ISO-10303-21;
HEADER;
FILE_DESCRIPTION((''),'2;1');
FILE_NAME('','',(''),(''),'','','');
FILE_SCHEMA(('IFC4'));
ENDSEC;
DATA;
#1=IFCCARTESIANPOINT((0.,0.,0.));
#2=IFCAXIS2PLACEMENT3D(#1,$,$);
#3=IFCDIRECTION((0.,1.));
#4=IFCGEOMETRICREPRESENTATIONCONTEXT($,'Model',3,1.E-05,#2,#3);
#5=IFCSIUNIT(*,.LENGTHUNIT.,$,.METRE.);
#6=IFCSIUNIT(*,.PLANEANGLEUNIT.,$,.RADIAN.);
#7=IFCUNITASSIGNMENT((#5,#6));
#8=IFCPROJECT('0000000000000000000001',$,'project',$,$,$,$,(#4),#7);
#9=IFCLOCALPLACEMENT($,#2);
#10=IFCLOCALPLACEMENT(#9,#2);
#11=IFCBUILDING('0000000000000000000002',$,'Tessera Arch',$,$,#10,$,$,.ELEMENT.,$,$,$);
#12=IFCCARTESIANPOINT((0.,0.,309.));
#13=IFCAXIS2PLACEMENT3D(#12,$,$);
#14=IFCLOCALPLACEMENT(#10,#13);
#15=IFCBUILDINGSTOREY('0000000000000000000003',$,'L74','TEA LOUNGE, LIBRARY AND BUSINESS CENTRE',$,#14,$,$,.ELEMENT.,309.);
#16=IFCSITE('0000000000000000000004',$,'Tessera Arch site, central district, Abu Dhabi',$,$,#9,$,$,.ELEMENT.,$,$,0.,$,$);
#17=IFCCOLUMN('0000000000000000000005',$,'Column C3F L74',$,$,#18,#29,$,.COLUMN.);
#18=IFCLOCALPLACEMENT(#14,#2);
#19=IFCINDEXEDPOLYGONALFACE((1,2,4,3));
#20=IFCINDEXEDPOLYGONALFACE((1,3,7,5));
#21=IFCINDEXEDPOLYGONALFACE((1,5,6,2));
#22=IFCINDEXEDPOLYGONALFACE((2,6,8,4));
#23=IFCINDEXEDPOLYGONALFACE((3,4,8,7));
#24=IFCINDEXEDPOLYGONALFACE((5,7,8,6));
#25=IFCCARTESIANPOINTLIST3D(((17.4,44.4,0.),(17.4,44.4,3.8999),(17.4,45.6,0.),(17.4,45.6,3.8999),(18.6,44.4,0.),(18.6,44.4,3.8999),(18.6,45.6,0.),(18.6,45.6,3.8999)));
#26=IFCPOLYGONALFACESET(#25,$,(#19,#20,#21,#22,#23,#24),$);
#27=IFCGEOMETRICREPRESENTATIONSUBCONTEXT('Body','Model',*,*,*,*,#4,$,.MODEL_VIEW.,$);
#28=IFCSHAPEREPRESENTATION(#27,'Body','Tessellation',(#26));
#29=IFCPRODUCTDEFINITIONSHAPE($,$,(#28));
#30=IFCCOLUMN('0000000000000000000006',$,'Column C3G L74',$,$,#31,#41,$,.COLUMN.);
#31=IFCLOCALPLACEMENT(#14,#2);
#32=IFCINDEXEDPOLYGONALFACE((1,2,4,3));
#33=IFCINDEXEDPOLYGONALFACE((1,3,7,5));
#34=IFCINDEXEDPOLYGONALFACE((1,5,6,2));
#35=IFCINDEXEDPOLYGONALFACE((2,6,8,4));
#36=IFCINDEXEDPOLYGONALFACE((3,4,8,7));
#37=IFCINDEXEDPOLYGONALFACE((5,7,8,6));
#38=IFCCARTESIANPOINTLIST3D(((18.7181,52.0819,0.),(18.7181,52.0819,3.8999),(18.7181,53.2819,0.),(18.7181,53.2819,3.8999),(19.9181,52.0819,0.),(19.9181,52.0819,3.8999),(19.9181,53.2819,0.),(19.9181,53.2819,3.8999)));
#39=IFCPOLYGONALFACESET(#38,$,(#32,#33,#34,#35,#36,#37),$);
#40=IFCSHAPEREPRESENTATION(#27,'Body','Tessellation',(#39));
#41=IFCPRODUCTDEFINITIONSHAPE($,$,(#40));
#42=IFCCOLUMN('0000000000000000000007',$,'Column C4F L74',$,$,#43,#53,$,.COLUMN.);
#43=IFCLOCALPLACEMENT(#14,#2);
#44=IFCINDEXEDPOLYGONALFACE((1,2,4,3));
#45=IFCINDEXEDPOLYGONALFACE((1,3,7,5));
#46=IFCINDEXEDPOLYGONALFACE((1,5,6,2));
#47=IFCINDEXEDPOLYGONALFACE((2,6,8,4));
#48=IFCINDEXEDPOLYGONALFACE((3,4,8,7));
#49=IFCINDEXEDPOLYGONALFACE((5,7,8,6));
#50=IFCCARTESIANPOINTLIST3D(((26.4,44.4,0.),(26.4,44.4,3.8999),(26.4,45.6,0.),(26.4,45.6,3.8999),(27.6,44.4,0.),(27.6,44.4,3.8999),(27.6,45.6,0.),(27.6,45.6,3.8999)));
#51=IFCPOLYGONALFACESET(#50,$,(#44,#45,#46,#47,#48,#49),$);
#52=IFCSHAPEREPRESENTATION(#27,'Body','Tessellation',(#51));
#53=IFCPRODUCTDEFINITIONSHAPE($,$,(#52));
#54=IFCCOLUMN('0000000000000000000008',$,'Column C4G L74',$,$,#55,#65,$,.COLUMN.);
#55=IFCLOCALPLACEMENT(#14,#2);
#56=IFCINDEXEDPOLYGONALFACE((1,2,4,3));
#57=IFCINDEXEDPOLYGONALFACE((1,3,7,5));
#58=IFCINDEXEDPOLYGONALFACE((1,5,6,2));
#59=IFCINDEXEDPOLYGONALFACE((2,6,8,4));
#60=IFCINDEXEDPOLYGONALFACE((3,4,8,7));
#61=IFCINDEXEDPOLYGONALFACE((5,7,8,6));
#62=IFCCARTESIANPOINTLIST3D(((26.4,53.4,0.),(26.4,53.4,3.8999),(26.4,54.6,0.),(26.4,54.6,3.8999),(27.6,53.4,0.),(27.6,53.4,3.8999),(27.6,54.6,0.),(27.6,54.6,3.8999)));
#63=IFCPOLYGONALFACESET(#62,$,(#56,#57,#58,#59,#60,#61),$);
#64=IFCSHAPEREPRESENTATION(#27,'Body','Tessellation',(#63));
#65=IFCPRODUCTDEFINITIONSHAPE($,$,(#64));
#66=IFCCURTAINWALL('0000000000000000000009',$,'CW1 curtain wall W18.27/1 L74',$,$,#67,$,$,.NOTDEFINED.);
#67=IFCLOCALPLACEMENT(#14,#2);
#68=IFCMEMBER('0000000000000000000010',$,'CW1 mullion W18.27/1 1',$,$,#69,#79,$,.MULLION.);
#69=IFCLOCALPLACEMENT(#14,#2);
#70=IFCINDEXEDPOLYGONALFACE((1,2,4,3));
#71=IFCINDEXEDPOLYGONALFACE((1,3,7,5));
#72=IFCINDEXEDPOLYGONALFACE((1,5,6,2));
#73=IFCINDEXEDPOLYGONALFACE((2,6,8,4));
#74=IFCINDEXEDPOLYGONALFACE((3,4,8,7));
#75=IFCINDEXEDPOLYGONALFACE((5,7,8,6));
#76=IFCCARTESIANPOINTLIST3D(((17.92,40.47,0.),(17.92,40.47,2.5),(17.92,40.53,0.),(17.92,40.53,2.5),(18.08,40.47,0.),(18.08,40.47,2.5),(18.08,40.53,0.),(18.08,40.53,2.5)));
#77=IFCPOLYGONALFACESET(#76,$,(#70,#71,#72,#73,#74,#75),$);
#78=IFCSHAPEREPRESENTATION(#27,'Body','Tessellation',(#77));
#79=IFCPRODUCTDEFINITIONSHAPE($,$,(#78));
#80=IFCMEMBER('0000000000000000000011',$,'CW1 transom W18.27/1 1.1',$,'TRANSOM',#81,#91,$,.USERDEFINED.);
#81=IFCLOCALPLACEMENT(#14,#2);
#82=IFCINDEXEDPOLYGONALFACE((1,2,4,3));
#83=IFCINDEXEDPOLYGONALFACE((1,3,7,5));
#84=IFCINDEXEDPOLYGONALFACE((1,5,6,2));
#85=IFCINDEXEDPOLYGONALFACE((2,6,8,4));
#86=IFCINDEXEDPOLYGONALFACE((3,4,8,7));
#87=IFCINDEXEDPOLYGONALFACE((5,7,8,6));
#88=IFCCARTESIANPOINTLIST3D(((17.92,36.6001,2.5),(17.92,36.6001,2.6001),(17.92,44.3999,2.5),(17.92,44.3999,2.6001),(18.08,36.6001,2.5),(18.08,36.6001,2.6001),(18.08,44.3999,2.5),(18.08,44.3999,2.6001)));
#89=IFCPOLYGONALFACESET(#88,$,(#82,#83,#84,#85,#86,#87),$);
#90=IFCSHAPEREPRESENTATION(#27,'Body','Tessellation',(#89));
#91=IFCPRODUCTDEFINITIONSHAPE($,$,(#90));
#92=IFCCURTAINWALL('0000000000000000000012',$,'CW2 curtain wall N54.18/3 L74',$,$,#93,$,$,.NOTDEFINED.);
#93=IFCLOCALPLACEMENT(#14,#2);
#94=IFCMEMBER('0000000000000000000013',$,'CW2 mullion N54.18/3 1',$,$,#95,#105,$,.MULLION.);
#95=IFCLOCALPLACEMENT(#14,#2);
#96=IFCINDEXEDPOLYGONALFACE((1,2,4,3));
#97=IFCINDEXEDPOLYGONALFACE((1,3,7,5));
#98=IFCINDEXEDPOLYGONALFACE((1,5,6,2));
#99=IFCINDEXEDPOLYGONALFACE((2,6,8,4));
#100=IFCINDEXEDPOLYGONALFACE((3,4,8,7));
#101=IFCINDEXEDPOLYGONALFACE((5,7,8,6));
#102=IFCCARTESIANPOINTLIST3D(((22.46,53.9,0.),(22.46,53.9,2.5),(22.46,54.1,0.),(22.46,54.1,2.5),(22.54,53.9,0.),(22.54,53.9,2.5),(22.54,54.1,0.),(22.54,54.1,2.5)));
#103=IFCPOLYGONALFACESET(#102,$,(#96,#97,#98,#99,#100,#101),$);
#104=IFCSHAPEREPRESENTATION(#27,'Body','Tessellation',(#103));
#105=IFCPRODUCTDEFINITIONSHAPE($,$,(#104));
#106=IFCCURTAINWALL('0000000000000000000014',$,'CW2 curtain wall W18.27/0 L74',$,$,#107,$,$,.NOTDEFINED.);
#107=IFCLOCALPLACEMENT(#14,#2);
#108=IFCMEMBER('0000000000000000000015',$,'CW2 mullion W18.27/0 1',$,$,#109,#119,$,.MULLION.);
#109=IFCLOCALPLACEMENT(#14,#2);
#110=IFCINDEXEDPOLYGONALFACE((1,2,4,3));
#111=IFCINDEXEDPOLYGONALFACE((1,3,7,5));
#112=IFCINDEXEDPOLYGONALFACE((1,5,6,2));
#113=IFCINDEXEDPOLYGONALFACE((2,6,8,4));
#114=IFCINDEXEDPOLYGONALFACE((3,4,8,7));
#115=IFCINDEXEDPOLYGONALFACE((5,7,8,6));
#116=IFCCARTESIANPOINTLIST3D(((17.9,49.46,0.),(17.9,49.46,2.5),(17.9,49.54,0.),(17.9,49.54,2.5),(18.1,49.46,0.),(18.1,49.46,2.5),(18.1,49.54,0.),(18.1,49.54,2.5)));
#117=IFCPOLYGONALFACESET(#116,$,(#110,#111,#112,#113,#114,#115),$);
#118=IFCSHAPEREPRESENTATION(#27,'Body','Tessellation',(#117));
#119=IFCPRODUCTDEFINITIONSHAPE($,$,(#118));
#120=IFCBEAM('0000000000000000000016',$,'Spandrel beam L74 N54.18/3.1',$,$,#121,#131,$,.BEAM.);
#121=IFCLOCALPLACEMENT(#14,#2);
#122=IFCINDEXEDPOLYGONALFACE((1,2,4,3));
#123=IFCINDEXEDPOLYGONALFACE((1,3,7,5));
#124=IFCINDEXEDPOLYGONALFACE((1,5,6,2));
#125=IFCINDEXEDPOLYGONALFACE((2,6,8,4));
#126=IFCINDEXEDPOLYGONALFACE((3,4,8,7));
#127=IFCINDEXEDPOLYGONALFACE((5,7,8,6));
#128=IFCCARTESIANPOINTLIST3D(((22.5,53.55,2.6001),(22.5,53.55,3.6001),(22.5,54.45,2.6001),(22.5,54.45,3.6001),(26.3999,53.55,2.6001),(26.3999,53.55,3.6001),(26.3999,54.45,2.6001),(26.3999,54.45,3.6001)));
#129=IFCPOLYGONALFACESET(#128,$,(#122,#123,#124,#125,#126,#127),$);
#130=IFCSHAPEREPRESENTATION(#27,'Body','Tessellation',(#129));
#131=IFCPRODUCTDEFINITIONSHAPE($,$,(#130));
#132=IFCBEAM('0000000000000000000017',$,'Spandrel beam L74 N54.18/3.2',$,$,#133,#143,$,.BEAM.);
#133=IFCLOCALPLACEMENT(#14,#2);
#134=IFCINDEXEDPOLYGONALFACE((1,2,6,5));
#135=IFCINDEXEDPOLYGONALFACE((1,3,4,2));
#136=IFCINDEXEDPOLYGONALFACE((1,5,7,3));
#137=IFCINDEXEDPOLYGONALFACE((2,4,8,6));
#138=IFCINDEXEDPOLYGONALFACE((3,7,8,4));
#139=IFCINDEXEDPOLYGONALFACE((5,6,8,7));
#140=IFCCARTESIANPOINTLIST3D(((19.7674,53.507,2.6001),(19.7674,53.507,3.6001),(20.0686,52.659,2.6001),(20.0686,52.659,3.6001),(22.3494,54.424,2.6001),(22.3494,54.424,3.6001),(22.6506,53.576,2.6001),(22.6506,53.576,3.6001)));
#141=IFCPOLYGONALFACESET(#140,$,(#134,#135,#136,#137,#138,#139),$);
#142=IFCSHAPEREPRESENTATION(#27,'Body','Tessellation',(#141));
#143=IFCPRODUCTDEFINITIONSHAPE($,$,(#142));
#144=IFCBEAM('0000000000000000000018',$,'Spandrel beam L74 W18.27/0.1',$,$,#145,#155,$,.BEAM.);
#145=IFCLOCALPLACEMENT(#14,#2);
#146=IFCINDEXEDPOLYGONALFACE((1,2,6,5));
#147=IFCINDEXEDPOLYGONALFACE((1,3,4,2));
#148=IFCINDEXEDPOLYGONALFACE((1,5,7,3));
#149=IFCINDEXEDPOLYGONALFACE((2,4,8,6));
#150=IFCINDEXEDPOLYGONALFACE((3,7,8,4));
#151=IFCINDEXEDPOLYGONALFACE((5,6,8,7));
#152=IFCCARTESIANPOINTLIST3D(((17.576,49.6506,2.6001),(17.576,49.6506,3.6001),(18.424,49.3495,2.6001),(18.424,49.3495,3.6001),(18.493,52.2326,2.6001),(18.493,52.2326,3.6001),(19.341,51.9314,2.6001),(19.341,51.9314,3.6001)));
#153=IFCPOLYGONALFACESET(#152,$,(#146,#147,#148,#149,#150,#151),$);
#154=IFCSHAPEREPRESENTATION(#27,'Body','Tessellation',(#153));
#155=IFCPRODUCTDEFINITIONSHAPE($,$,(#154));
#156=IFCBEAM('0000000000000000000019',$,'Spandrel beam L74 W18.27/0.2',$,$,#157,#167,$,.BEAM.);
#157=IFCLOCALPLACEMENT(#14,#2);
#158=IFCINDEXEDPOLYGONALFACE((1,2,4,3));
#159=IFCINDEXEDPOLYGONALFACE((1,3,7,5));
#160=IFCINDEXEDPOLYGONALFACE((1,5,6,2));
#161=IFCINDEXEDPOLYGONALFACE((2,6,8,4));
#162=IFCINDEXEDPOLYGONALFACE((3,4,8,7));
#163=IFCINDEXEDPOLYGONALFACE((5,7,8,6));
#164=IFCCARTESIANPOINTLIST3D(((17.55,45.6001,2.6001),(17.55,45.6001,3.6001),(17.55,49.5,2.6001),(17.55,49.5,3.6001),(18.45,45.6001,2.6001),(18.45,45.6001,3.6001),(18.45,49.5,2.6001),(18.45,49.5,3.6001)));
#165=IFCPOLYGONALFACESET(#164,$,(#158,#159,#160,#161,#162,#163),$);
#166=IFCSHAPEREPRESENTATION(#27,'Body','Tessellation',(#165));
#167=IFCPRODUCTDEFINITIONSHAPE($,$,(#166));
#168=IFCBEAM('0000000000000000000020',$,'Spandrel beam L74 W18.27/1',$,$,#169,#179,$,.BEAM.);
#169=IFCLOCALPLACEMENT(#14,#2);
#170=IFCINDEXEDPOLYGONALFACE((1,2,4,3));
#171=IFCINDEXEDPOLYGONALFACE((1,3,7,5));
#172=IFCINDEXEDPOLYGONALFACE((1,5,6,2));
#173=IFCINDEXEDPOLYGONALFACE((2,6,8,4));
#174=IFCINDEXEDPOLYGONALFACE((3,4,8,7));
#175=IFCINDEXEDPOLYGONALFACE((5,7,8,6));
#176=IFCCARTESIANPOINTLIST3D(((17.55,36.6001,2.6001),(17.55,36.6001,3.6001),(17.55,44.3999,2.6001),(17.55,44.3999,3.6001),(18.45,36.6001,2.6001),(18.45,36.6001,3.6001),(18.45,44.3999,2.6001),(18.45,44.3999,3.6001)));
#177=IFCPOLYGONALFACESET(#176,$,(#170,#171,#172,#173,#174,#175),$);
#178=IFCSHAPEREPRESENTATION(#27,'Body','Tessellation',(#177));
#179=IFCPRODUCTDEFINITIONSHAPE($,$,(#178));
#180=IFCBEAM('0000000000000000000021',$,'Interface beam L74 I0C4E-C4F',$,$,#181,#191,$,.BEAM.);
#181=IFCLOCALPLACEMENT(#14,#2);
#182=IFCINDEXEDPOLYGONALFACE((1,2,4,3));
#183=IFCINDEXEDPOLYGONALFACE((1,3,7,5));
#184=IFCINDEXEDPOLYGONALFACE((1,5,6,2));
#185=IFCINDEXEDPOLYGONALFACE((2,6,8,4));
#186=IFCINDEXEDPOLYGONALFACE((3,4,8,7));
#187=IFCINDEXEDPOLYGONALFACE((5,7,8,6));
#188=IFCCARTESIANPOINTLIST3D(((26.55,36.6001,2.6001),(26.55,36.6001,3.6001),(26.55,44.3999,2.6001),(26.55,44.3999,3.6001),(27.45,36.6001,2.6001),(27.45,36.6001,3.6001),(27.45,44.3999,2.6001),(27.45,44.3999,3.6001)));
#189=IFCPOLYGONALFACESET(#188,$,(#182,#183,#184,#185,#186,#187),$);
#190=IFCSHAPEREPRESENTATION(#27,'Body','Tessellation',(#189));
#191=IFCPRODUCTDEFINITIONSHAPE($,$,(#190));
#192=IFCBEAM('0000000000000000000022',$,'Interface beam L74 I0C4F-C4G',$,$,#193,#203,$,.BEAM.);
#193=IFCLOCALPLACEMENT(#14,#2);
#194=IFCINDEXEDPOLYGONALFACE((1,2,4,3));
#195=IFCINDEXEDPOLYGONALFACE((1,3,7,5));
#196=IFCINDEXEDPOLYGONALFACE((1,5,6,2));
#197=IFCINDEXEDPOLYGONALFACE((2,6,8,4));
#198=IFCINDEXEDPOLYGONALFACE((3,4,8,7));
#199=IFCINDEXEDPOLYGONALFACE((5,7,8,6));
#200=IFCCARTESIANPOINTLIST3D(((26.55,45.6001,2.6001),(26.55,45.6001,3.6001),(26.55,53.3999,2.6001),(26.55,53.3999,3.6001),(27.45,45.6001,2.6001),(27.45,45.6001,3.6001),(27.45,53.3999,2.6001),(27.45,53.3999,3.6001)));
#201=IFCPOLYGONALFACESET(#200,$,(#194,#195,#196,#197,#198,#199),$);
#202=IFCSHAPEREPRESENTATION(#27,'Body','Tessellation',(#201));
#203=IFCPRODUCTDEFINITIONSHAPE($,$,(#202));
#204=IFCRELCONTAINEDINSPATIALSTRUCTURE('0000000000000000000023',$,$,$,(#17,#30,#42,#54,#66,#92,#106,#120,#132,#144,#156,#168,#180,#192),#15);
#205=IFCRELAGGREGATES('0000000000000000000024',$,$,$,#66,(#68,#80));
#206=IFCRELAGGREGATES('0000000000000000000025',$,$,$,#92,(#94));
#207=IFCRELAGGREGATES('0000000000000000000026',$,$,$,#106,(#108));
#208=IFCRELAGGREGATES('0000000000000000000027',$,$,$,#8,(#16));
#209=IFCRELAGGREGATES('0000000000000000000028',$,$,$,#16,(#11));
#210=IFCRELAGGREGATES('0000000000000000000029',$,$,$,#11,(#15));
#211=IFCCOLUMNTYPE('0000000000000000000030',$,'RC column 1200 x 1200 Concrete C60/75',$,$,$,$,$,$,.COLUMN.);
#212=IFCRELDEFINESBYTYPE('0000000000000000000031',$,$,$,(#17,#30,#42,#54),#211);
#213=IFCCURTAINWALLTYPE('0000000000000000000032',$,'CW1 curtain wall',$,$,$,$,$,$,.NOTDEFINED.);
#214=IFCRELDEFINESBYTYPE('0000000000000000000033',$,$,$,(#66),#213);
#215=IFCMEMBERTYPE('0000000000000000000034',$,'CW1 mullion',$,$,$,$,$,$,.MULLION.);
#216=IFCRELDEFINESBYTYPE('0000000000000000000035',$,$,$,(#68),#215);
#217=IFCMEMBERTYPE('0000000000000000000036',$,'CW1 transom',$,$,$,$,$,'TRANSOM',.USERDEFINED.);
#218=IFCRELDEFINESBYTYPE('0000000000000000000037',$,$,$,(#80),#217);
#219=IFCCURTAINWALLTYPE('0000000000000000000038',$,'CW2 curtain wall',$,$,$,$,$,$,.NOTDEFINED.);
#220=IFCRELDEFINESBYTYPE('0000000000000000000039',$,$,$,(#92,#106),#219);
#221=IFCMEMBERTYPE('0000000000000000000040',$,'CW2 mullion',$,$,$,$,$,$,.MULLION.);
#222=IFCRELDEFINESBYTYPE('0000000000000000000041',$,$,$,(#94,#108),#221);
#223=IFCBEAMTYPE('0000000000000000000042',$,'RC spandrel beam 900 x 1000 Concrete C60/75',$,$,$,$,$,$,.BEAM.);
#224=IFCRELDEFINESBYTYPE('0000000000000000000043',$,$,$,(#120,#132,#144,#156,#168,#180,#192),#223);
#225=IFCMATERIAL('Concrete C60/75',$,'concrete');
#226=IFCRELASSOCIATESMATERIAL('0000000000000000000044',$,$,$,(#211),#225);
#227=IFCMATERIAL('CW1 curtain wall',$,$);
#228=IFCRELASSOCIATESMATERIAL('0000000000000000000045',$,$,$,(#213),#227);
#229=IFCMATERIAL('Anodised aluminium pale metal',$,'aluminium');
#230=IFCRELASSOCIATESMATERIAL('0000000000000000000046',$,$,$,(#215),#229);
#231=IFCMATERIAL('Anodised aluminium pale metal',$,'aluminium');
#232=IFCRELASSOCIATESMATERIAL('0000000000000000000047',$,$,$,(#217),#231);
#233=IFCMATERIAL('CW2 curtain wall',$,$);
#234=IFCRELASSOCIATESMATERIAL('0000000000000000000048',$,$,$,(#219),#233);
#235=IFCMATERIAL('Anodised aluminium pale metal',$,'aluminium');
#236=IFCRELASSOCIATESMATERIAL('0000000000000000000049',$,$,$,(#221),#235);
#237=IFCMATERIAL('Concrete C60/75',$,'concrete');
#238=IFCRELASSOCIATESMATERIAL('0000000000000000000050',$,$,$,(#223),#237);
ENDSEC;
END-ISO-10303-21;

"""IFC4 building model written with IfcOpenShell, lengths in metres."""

from ifc_helpers import new_model, si_unit, direction, frame, origin, origin_2d, place, context, subcontext, project, spatial, rectangle, extrude, material, material_profile, profile_set, type_object, element, aggregate, save


model = new_model("IFC4")

# Units and contexts
model_context = context("Model", 3, precision=1e-05, world=origin(), true_north=direction((0.0, 1.0)))
body_context = subcontext(model_context, "Body", "Model", "MODEL_VIEW")
ifc_project = project(units=[si_unit("LENGTHUNIT", "METRE"), si_unit("PLANEANGLEUNIT", "RADIAN")], contexts=[model_context])

# Site, building, storey
site_placement = place(None, origin())
site = spatial("IfcSite", under=ifc_project, at=site_placement, Name="Tessera Arch site, central district, Abu Dhabi", CompositionType="ELEMENT", RefElevation=0.0)
building_placement = place(site_placement, origin())
building = spatial("IfcBuilding", under=site, at=building_placement, Name="Tessera Arch", CompositionType="ELEMENT")
storey_placement = place(building_placement, frame((0.0, 0.0, 309.0)))
storey = spatial("IfcBuildingStorey", under=building, at=storey_placement, Name="L74", Description="TEA LOUNGE, LIBRARY AND BUSINESS CENTRE", CompositionType="ELEMENT", Elevation=309.0)

# Columns
ifc_material_1 = material(Name="Concrete C60/75", Category="concrete")
ifc_material_profile_1 = material_profile(ifc_material_1, rectangle(XDim=1.2, YDim=1.2, at=origin_2d()), Name="RC column 1200 x 1200 Concrete C60/75")
ifc_profile_set_1 = profile_set([ifc_material_profile_1], Name="Concrete C60/75")
column_type = type_object("IfcColumnType", Name="RC column 1200 x 1200 Concrete C60/75", PredefinedType="COLUMN", material=ifc_profile_set_1)
for number, where, z_axis, x_axis, name in (
    (1, (18.0, 45.0, 0.0), (0.0, 0.0, 1.0), (1.0, 0.0, 0.0), "Column C3F L74"),
    (2, (19.3181, 52.6819, 0.0), (0.0, 0.0, 1.0), (1.0, 0.0, 0.0), "Column C3G L74"),
    (3, (27.0, 45.0, 0.0), (0.0, 0.0, 1.0), (1.0, 0.0, 0.0), "Column C4F L74"),
    (4, (27.0, 54.0, 0.0), (0.0, 0.0, 1.0), (1.0, 0.0, 0.0), "Column C4G L74"),
):
    element("IfcColumn", number, at=place(storey_placement, frame(where, z_axis=z_axis, x_axis=x_axis)), inside=storey, type_object=column_type, Name=name, PredefinedType="COLUMN", context=body_context, shape_type="SweptSolid", body=[
        extrude(rectangle(XDim=1.2, YDim=1.2, at=origin_2d()), origin(), (0.0, 0.0, 1.0), 3.8999),
    ])

# Curtain wall, members
ifc_material_2 = material(Name="CW1 curtain wall")
curtain_wall_type_1 = type_object("IfcCurtainWallType", Name="CW1 curtain wall", PredefinedType="NOTDEFINED", material=ifc_material_2)
curtain_wall_1_placement = place(storey_placement, origin())
curtain_wall_1 = element("IfcCurtainWall", 5, at=curtain_wall_1_placement, inside=storey, type_object=curtain_wall_type_1, Name="CW1 curtain wall W18.27/1 L74", PredefinedType="NOTDEFINED")
ifc_material_3 = material(Name="Anodised aluminium pale metal", Category="aluminium")
ifc_material_profile_2 = material_profile(ifc_material_3, rectangle(XDim=0.1599, YDim=0.0601, at=origin_2d()), Name="AL 60x160")
ifc_profile_set_2 = profile_set([ifc_material_profile_2], Name="Anodised aluminium pale metal")
member_type_1 = type_object("IfcMemberType", Name="CW1 mullion", PredefinedType="MULLION", material=ifc_profile_set_2)
member_1_placement = place(storey_placement, frame((18.0, 40.5, 0.0), z_axis=(0.0, 0.0, 1.0), x_axis=(1.0, 0.0, 0.0)))
member_1 = element("IfcMember", 6, at=member_1_placement, type_object=member_type_1, Name="CW1 mullion W18.27/1 1", PredefinedType="MULLION", context=body_context, shape_type="SweptSolid", body=[
    extrude(rectangle(XDim=0.1599, YDim=0.0601, at=origin_2d()), origin(), (0.0, 0.0, 1.0), 2.5),
])
ifc_material_4 = material(Name="Anodised aluminium pale metal", Category="aluminium")
ifc_material_profile_3 = material_profile(ifc_material_4, rectangle(XDim=0.1599, YDim=0.1001, at=origin_2d()), Name="AL 160x100")
ifc_profile_set_3 = profile_set([ifc_material_profile_3], Name="Anodised aluminium pale metal")
member_type_2 = type_object("IfcMemberType", Name="CW1 transom", ElementType="TRANSOM", PredefinedType="USERDEFINED", material=ifc_profile_set_3)
member_2_placement = place(storey_placement, frame((18.0, 44.3999, 2.55), z_axis=(0.0, -1.0, 0.0), x_axis=(1.0, 0.0, 0.0)))
member_2 = element("IfcMember", 7, at=member_2_placement, type_object=member_type_2, Name="CW1 transom W18.27/1 1.1", ObjectType="TRANSOM", PredefinedType="USERDEFINED", context=body_context, shape_type="SweptSolid", body=[
    extrude(rectangle(XDim=0.1599, YDim=0.1001, at=origin_2d()), origin(), (0.0, 0.0, 1.0), 7.7998),
])

# Curtain walls, members
ifc_material_5 = material(Name="CW2 curtain wall")
curtain_wall_type_2 = type_object("IfcCurtainWallType", Name="CW2 curtain wall", PredefinedType="NOTDEFINED", material=ifc_material_5)
curtain_wall_2_placement = place(storey_placement, origin())
curtain_wall_2 = element("IfcCurtainWall", 8, at=curtain_wall_2_placement, inside=storey, type_object=curtain_wall_type_2, Name="CW2 curtain wall N54.18/3 L74", PredefinedType="NOTDEFINED")
ifc_material_6 = material(Name="Anodised aluminium pale metal", Category="aluminium")
ifc_material_profile_4 = material_profile(ifc_material_6, rectangle(XDim=0.2, YDim=0.0801, at=origin_2d()), Name="AL 80x200")
ifc_profile_set_4 = profile_set([ifc_material_profile_4], Name="Anodised aluminium pale metal")
member_type_3 = type_object("IfcMemberType", Name="CW2 mullion", PredefinedType="MULLION", material=ifc_profile_set_4)
member_3_placement = place(storey_placement, frame((22.5, 54.0, 0.0), z_axis=(0.0, 0.0, 1.0), x_axis=(0.0, -1.0, 0.0)))
member_3 = element("IfcMember", 9, at=member_3_placement, type_object=member_type_3, Name="CW2 mullion N54.18/3 1", PredefinedType="MULLION", context=body_context, shape_type="SweptSolid", body=[
    extrude(rectangle(XDim=0.2, YDim=0.0801, at=origin_2d()), origin(), (0.0, 0.0, 1.0), 2.5),
])
curtain_wall_3_placement = place(storey_placement, origin())
curtain_wall_3 = element("IfcCurtainWall", 10, at=curtain_wall_3_placement, inside=storey, type_object=curtain_wall_type_2, Name="CW2 curtain wall W18.27/0 L74", PredefinedType="NOTDEFINED")
member_4_placement = place(storey_placement, frame((18.0, 49.5, 0.0), z_axis=(0.0, 0.0, 1.0), x_axis=(1.0, 0.0, 0.0)))
member_4 = element("IfcMember", 11, at=member_4_placement, type_object=member_type_3, Name="CW2 mullion W18.27/0 1", PredefinedType="MULLION", context=body_context, shape_type="SweptSolid", body=[
    extrude(rectangle(XDim=0.2, YDim=0.0801, at=origin_2d()), origin(), (0.0, 0.0, 1.0), 2.5),
])

# Beams
ifc_material_7 = material(Name="Concrete C60/75", Category="concrete")
ifc_material_profile_5 = material_profile(ifc_material_7, rectangle(XDim=0.8999, YDim=1.0, at=origin_2d()), Name="RC spandrel beam 900 x 1000 Concrete C60/75")
ifc_profile_set_5 = profile_set([ifc_material_profile_5], Name="Concrete C60/75")
beam_type = type_object("IfcBeamType", Name="RC spandrel beam 900 x 1000 Concrete C60/75", PredefinedType="BEAM", material=ifc_profile_set_5)
beam_1_placement = place(storey_placement, frame((26.3999, 54.0, 3.1001), z_axis=(-1.0, 0.0, 0.0), x_axis=(0.0, -1.0, 0.0)))
element("IfcBeam", 12, at=beam_1_placement, inside=storey, type_object=beam_type, Name="Spandrel beam L74 N54.18/3.1", PredefinedType="BEAM", context=body_context, shape_type="SweptSolid", body=[
    extrude(rectangle(XDim=0.8999, YDim=1.0, at=origin_2d()), origin(), (0.0, 0.0, 1.0), 3.8999),
])
for number, where, z_axis, x_axis, name in (
    (13, (22.5, 54.0, 3.1001), (-0.942337, -0.334665, 0.0), (0.334665, -0.942337, 0.0), "Spandrel beam L74 N54.18/3.2"),
    (14, (18.917, 52.082, 3.1001), (-0.334665, -0.942337, 0.0), (0.942337, -0.334665, 0.0), "Spandrel beam L74 W18.27/0.1"),
):
    element("IfcBeam", number, at=place(storey_placement, frame(where, z_axis=z_axis, x_axis=x_axis)), inside=storey, type_object=beam_type, Name=name, PredefinedType="BEAM", context=body_context, shape_type="SweptSolid", body=[
        extrude(rectangle(XDim=0.8999, YDim=1.0, at=origin_2d()), origin(), (0.0, 0.0, 1.0), 2.74),
    ])
beam_2_placement = place(storey_placement, frame((18.0, 49.5, 3.1001), z_axis=(0.0, -1.0, 0.0), x_axis=(1.0, 0.0, 0.0)))
element("IfcBeam", 15, at=beam_2_placement, inside=storey, type_object=beam_type, Name="Spandrel beam L74 W18.27/0.2", PredefinedType="BEAM", context=body_context, shape_type="SweptSolid", body=[
    extrude(rectangle(XDim=0.8999, YDim=1.0, at=origin_2d()), origin(), (0.0, 0.0, 1.0), 3.8999),
])
for number, where, z_axis, x_axis, name in (
    (16, (18.0, 44.3999, 3.1001), (0.0, -1.0, 0.0), (1.0, 0.0, 0.0), "Spandrel beam L74 W18.27/1"),
    (17, (27.0, 36.6001, 3.1001), (0.0, 1.0, 0.0), (-1.0, 0.0, 0.0), "Interface beam L74 I0C4E-C4F"),
    (18, (27.0, 45.6001, 3.1001), (0.0, 1.0, 0.0), (-1.0, 0.0, 0.0), "Interface beam L74 I0C4F-C4G"),
):
    element("IfcBeam", number, at=place(storey_placement, frame(where, z_axis=z_axis, x_axis=x_axis)), inside=storey, type_object=beam_type, Name=name, PredefinedType="BEAM", context=body_context, shape_type="SweptSolid", body=[
        extrude(rectangle(XDim=0.8999, YDim=1.0, at=origin_2d()), origin(), (0.0, 0.0, 1.0), 7.7998),
    ])

aggregate(curtain_wall_1, [member_1, member_2])
aggregate(curtain_wall_2, [member_3])
aggregate(curtain_wall_3, [member_4])

save(model, "model.ifc")
